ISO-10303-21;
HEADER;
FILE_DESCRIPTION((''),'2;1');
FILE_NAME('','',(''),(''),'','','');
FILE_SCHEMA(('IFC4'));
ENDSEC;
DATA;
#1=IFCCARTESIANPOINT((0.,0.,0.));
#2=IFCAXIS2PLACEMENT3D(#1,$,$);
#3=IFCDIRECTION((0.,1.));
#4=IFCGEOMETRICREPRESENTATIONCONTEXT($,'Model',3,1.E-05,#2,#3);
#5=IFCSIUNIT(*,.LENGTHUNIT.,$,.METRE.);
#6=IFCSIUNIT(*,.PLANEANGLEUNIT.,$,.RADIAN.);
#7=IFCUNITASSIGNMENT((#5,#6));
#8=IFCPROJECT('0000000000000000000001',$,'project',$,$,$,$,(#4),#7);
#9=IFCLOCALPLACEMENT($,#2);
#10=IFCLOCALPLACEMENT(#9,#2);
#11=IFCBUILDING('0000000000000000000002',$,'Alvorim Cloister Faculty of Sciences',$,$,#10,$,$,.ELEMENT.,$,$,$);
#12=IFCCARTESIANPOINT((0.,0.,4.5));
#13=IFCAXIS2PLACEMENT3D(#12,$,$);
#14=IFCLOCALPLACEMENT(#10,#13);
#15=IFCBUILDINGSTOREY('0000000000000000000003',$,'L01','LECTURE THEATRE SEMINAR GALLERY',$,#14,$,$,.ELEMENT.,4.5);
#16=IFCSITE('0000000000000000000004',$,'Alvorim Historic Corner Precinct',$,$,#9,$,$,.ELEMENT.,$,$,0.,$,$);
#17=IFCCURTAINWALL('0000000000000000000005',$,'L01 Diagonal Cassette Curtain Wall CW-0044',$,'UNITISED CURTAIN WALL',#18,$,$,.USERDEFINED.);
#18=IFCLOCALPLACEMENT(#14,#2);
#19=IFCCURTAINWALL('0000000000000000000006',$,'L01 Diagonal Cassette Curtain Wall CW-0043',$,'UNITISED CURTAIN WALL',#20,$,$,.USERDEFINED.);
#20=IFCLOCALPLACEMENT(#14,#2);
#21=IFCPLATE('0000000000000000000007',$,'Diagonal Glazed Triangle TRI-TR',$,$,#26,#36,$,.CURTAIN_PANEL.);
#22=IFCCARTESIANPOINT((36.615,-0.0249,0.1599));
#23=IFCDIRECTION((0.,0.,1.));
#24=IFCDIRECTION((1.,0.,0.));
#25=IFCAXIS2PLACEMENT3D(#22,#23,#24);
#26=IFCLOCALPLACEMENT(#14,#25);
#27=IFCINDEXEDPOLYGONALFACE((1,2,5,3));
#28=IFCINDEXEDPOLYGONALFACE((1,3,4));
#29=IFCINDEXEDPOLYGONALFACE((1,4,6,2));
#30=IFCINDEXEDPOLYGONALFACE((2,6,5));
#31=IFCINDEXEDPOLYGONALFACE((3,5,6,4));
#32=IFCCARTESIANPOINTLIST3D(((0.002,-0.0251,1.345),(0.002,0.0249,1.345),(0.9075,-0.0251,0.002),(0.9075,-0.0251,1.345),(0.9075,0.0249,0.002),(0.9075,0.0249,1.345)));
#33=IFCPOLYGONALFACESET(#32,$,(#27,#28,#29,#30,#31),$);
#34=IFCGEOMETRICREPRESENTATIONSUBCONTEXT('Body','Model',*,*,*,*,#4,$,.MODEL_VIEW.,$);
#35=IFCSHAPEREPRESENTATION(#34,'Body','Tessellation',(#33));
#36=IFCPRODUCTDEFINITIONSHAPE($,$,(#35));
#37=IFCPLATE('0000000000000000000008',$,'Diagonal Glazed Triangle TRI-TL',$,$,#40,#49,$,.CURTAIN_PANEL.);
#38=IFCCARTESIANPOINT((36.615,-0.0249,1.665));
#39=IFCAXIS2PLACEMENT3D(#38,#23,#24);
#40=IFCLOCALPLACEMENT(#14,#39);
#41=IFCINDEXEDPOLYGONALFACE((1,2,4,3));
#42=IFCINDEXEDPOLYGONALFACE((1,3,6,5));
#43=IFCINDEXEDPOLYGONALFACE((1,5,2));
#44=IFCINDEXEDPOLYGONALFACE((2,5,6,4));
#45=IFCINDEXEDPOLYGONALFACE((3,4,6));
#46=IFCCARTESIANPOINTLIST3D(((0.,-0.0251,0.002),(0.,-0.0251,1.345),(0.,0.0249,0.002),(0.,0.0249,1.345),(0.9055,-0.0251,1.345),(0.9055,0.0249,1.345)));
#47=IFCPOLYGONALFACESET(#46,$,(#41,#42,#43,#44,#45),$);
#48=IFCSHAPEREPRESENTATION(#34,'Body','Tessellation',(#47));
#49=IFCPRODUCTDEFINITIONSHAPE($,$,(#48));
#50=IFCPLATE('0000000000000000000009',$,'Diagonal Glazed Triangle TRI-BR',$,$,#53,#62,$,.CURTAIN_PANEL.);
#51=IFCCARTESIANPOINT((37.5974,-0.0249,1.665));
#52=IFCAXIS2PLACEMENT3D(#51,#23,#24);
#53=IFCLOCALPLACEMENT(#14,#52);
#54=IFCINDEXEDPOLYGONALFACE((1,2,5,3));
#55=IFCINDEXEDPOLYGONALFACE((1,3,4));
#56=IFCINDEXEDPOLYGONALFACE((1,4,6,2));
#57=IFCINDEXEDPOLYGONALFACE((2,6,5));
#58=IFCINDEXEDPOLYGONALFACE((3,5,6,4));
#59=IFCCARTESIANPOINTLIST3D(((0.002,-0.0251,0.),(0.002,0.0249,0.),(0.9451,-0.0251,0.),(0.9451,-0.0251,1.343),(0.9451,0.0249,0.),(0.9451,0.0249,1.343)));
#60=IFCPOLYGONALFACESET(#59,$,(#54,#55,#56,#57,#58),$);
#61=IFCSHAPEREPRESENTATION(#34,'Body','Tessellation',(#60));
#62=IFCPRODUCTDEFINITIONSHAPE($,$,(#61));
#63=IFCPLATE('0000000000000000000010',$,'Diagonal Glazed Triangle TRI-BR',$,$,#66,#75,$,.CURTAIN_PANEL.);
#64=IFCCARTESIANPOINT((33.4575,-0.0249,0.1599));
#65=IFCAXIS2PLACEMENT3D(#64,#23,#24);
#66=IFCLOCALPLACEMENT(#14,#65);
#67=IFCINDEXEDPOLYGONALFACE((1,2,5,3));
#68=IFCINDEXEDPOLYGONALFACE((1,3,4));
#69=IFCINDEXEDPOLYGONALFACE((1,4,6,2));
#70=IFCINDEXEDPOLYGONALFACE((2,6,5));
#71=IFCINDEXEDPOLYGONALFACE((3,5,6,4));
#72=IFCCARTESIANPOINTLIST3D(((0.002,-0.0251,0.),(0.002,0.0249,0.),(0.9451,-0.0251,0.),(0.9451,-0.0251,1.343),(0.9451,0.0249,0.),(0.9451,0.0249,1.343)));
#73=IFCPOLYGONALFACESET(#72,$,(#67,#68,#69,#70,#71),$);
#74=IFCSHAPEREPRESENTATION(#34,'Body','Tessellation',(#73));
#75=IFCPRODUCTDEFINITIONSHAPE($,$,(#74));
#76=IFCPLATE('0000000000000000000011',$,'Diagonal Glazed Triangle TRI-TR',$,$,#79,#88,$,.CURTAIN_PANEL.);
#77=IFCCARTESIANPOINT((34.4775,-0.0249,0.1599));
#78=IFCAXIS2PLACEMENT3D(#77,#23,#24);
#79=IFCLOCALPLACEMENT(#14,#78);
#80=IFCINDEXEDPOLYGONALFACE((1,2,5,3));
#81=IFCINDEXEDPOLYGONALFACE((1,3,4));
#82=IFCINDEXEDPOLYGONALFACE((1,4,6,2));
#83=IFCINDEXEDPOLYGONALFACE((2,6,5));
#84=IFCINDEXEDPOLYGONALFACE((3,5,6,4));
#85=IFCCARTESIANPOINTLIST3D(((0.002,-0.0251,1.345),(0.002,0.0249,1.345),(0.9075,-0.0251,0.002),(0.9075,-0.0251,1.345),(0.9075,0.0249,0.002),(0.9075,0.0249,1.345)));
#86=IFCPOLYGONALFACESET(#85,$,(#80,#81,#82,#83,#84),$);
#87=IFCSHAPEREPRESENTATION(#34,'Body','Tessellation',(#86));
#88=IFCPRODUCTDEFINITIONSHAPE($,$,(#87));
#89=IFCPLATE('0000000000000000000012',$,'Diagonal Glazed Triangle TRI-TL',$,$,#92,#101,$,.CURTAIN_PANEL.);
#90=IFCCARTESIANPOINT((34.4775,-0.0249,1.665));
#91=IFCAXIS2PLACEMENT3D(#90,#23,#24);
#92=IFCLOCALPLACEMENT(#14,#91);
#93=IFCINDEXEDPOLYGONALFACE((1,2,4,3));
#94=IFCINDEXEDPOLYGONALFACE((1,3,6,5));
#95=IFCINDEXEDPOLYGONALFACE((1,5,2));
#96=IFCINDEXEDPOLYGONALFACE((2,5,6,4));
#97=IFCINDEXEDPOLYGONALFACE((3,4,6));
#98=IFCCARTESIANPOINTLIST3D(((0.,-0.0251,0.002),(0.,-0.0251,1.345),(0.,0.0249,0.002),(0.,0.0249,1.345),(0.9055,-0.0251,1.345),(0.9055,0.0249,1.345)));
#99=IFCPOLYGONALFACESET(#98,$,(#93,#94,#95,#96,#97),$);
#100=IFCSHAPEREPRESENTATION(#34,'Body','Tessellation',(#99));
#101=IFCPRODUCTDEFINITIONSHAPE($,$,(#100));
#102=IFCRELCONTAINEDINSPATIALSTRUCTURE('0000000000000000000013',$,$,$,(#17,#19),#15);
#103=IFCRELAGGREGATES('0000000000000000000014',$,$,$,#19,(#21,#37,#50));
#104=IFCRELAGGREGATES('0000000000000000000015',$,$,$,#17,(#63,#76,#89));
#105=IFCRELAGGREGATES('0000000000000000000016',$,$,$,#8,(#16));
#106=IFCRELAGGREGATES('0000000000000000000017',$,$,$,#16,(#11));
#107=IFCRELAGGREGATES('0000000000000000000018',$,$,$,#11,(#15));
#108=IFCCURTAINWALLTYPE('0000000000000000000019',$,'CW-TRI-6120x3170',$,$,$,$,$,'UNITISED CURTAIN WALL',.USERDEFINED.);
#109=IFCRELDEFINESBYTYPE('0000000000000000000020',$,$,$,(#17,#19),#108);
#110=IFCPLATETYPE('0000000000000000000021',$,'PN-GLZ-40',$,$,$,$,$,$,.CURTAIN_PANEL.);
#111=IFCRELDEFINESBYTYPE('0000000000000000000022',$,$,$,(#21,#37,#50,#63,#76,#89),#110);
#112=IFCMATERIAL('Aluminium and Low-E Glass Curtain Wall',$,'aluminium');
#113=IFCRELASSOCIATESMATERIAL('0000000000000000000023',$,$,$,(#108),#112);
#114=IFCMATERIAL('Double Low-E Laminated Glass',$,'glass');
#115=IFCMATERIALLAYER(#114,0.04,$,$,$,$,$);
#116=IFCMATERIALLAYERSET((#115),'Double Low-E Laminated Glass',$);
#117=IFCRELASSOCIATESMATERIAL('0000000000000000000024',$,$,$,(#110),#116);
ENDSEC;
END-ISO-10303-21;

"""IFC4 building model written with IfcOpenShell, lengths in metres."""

from ifc_helpers import new_model, si_unit, direction, frame, origin, place, context, subcontext, project, spatial, polyline, outline, extrude, material, layer, layer_set, type_object, element, aggregate, save


model = new_model("IFC4")

# Units and contexts
model_context = context("Model", 3, precision=1e-05, world=origin(), true_north=direction((0.0, 1.0)))
body_context = subcontext(model_context, "Body", "Model", "MODEL_VIEW")
ifc_project = project(units=[si_unit("LENGTHUNIT", "METRE"), si_unit("PLANEANGLEUNIT", "RADIAN")], contexts=[model_context])

# Site, building, storey
site_placement = place(None, origin())
site = spatial("IfcSite", under=ifc_project, at=site_placement, Name="Alvorim Historic Corner Precinct", CompositionType="ELEMENT", RefElevation=0.0)
building_placement = place(site_placement, origin())
building = spatial("IfcBuilding", under=site, at=building_placement, Name="Alvorim Cloister Faculty of Sciences", CompositionType="ELEMENT")
storey_placement = place(building_placement, frame((0.0, 0.0, 4.5)))
storey = spatial("IfcBuildingStorey", under=building, at=storey_placement, Name="L01", Description="LECTURE THEATRE SEMINAR GALLERY", CompositionType="ELEMENT", Elevation=4.5)

# Curtain wall
ifc_material_1 = material(Name="Aluminium and Low-E Glass Curtain Wall", Category="aluminium")
curtain_wall_type = type_object("IfcCurtainWallType", Name="CW-TRI-6120x3170", ElementType="UNITISED CURTAIN WALL", PredefinedType="USERDEFINED", material=ifc_material_1)
curtain_wall_1_placement = place(storey_placement, origin())
curtain_wall_1 = element("IfcCurtainWall", 1, at=curtain_wall_1_placement, inside=storey, type_object=curtain_wall_type, Name="L01 Diagonal Cassette Curtain Wall CW-0044", ObjectType="UNITISED CURTAIN WALL", PredefinedType="USERDEFINED")

# Curtain wall, plates
curtain_wall_2_placement = place(storey_placement, origin())
curtain_wall_2 = element("IfcCurtainWall", 2, at=curtain_wall_2_placement, inside=storey, type_object=curtain_wall_type, Name="L01 Diagonal Cassette Curtain Wall CW-0043", ObjectType="UNITISED CURTAIN WALL", PredefinedType="USERDEFINED")
ifc_material_2 = material(Name="Double Low-E Laminated Glass", Category="glass")
ifc_layer_1 = layer(ifc_material_2, 0.04)
ifc_layer_set_1 = layer_set([ifc_layer_1], Name="Double Low-E Laminated Glass")
plate_type = type_object("IfcPlateType", Name="PN-GLZ-40", PredefinedType="CURTAIN_PANEL", material=ifc_layer_set_1)
plate_1_placement = place(storey_placement, frame((36.615, -0.0249, 0.1599), z_axis=(0.0, 0.0, 1.0), x_axis=(1.0, 0.0, 0.0)))
plate_1 = element("IfcPlate", 3, at=plate_1_placement, type_object=plate_type, Name="Diagonal Glazed Triangle TRI-TR", PredefinedType="CURTAIN_PANEL", context=body_context, shape_type="SweptSolid", body=[
    extrude(outline(polyline([(0.9075, 0.002), (0.9075, 1.345), (0.002, 1.345), (0.9075, 0.002)])), frame((0.0, 0.0249, 0.0), z_axis=(0.0, -1.0, 0.0), x_axis=(1.0, 0.0, 0.0)), (0.0, 0.0, 1.0), 0.05),
])
plate_2_placement = place(storey_placement, frame((36.615, -0.0249, 1.665), z_axis=(0.0, 0.0, 1.0), x_axis=(1.0, 0.0, 0.0)))
plate_2 = element("IfcPlate", 4, at=plate_2_placement, type_object=plate_type, Name="Diagonal Glazed Triangle TRI-TL", PredefinedType="CURTAIN_PANEL", context=body_context, shape_type="SweptSolid", body=[
    extrude(outline(polyline([(0.9055, 1.345), (0.0, 1.345), (0.0, 0.002), (0.9055, 1.345)])), frame((0.0, 0.0249, 0.0), z_axis=(0.0, -1.0, 0.0), x_axis=(1.0, 0.0, 0.0)), (0.0, 0.0, 1.0), 0.05),
])
plate_3_placement = place(storey_placement, frame((37.5974, -0.0249, 1.665), z_axis=(0.0, 0.0, 1.0), x_axis=(1.0, 0.0, 0.0)))
plate_3 = element("IfcPlate", 5, at=plate_3_placement, type_object=plate_type, Name="Diagonal Glazed Triangle TRI-BR", PredefinedType="CURTAIN_PANEL", context=body_context, shape_type="SweptSolid", body=[
    extrude(outline(polyline([(0.002, 0.0), (0.9451, 0.0), (0.9451, 1.343), (0.002, 0.0)])), frame((0.0, 0.0249, 0.0), z_axis=(0.0, -1.0, 0.0), x_axis=(1.0, 0.0, 0.0)), (0.0, 0.0, 1.0), 0.05),
])
aggregate(curtain_wall_2, [plate_1, plate_2, plate_3])

# Plates
plate_4_placement = place(storey_placement, frame((33.4575, -0.0249, 0.1599), z_axis=(0.0, 0.0, 1.0), x_axis=(1.0, 0.0, 0.0)))
plate_4 = element("IfcPlate", 6, at=plate_4_placement, type_object=plate_type, Name="Diagonal Glazed Triangle TRI-BR", PredefinedType="CURTAIN_PANEL", context=body_context, shape_type="SweptSolid", body=[
    extrude(outline(polyline([(0.002, 0.0), (0.9451, 0.0), (0.9451, 1.343), (0.002, 0.0)])), frame((0.0, 0.0249, 0.0), z_axis=(0.0, -1.0, 0.0), x_axis=(1.0, 0.0, 0.0)), (0.0, 0.0, 1.0), 0.05),
])
plate_5_placement = place(storey_placement, frame((34.4775, -0.0249, 0.1599), z_axis=(0.0, 0.0, 1.0), x_axis=(1.0, 0.0, 0.0)))
plate_5 = element("IfcPlate", 7, at=plate_5_placement, type_object=plate_type, Name="Diagonal Glazed Triangle TRI-TR", PredefinedType="CURTAIN_PANEL", context=body_context, shape_type="SweptSolid", body=[
    extrude(outline(polyline([(0.9075, 0.002), (0.9075, 1.345), (0.002, 1.345), (0.9075, 0.002)])), frame((0.0, 0.0249, 0.0), z_axis=(0.0, -1.0, 0.0), x_axis=(1.0, 0.0, 0.0)), (0.0, 0.0, 1.0), 0.05),
])
plate_6_placement = place(storey_placement, frame((34.4775, -0.0249, 1.665), z_axis=(0.0, 0.0, 1.0), x_axis=(1.0, 0.0, 0.0)))
plate_6 = element("IfcPlate", 8, at=plate_6_placement, type_object=plate_type, Name="Diagonal Glazed Triangle TRI-TL", PredefinedType="CURTAIN_PANEL", context=body_context, shape_type="SweptSolid", body=[
    extrude(outline(polyline([(0.9055, 1.345), (0.0, 1.345), (0.0, 0.002), (0.9055, 1.345)])), frame((0.0, 0.0249, 0.0), z_axis=(0.0, -1.0, 0.0), x_axis=(1.0, 0.0, 0.0)), (0.0, 0.0, 1.0), 0.05),
])
aggregate(curtain_wall_1, [plate_4, plate_5, plate_6])

save(model, "model.ifc")
